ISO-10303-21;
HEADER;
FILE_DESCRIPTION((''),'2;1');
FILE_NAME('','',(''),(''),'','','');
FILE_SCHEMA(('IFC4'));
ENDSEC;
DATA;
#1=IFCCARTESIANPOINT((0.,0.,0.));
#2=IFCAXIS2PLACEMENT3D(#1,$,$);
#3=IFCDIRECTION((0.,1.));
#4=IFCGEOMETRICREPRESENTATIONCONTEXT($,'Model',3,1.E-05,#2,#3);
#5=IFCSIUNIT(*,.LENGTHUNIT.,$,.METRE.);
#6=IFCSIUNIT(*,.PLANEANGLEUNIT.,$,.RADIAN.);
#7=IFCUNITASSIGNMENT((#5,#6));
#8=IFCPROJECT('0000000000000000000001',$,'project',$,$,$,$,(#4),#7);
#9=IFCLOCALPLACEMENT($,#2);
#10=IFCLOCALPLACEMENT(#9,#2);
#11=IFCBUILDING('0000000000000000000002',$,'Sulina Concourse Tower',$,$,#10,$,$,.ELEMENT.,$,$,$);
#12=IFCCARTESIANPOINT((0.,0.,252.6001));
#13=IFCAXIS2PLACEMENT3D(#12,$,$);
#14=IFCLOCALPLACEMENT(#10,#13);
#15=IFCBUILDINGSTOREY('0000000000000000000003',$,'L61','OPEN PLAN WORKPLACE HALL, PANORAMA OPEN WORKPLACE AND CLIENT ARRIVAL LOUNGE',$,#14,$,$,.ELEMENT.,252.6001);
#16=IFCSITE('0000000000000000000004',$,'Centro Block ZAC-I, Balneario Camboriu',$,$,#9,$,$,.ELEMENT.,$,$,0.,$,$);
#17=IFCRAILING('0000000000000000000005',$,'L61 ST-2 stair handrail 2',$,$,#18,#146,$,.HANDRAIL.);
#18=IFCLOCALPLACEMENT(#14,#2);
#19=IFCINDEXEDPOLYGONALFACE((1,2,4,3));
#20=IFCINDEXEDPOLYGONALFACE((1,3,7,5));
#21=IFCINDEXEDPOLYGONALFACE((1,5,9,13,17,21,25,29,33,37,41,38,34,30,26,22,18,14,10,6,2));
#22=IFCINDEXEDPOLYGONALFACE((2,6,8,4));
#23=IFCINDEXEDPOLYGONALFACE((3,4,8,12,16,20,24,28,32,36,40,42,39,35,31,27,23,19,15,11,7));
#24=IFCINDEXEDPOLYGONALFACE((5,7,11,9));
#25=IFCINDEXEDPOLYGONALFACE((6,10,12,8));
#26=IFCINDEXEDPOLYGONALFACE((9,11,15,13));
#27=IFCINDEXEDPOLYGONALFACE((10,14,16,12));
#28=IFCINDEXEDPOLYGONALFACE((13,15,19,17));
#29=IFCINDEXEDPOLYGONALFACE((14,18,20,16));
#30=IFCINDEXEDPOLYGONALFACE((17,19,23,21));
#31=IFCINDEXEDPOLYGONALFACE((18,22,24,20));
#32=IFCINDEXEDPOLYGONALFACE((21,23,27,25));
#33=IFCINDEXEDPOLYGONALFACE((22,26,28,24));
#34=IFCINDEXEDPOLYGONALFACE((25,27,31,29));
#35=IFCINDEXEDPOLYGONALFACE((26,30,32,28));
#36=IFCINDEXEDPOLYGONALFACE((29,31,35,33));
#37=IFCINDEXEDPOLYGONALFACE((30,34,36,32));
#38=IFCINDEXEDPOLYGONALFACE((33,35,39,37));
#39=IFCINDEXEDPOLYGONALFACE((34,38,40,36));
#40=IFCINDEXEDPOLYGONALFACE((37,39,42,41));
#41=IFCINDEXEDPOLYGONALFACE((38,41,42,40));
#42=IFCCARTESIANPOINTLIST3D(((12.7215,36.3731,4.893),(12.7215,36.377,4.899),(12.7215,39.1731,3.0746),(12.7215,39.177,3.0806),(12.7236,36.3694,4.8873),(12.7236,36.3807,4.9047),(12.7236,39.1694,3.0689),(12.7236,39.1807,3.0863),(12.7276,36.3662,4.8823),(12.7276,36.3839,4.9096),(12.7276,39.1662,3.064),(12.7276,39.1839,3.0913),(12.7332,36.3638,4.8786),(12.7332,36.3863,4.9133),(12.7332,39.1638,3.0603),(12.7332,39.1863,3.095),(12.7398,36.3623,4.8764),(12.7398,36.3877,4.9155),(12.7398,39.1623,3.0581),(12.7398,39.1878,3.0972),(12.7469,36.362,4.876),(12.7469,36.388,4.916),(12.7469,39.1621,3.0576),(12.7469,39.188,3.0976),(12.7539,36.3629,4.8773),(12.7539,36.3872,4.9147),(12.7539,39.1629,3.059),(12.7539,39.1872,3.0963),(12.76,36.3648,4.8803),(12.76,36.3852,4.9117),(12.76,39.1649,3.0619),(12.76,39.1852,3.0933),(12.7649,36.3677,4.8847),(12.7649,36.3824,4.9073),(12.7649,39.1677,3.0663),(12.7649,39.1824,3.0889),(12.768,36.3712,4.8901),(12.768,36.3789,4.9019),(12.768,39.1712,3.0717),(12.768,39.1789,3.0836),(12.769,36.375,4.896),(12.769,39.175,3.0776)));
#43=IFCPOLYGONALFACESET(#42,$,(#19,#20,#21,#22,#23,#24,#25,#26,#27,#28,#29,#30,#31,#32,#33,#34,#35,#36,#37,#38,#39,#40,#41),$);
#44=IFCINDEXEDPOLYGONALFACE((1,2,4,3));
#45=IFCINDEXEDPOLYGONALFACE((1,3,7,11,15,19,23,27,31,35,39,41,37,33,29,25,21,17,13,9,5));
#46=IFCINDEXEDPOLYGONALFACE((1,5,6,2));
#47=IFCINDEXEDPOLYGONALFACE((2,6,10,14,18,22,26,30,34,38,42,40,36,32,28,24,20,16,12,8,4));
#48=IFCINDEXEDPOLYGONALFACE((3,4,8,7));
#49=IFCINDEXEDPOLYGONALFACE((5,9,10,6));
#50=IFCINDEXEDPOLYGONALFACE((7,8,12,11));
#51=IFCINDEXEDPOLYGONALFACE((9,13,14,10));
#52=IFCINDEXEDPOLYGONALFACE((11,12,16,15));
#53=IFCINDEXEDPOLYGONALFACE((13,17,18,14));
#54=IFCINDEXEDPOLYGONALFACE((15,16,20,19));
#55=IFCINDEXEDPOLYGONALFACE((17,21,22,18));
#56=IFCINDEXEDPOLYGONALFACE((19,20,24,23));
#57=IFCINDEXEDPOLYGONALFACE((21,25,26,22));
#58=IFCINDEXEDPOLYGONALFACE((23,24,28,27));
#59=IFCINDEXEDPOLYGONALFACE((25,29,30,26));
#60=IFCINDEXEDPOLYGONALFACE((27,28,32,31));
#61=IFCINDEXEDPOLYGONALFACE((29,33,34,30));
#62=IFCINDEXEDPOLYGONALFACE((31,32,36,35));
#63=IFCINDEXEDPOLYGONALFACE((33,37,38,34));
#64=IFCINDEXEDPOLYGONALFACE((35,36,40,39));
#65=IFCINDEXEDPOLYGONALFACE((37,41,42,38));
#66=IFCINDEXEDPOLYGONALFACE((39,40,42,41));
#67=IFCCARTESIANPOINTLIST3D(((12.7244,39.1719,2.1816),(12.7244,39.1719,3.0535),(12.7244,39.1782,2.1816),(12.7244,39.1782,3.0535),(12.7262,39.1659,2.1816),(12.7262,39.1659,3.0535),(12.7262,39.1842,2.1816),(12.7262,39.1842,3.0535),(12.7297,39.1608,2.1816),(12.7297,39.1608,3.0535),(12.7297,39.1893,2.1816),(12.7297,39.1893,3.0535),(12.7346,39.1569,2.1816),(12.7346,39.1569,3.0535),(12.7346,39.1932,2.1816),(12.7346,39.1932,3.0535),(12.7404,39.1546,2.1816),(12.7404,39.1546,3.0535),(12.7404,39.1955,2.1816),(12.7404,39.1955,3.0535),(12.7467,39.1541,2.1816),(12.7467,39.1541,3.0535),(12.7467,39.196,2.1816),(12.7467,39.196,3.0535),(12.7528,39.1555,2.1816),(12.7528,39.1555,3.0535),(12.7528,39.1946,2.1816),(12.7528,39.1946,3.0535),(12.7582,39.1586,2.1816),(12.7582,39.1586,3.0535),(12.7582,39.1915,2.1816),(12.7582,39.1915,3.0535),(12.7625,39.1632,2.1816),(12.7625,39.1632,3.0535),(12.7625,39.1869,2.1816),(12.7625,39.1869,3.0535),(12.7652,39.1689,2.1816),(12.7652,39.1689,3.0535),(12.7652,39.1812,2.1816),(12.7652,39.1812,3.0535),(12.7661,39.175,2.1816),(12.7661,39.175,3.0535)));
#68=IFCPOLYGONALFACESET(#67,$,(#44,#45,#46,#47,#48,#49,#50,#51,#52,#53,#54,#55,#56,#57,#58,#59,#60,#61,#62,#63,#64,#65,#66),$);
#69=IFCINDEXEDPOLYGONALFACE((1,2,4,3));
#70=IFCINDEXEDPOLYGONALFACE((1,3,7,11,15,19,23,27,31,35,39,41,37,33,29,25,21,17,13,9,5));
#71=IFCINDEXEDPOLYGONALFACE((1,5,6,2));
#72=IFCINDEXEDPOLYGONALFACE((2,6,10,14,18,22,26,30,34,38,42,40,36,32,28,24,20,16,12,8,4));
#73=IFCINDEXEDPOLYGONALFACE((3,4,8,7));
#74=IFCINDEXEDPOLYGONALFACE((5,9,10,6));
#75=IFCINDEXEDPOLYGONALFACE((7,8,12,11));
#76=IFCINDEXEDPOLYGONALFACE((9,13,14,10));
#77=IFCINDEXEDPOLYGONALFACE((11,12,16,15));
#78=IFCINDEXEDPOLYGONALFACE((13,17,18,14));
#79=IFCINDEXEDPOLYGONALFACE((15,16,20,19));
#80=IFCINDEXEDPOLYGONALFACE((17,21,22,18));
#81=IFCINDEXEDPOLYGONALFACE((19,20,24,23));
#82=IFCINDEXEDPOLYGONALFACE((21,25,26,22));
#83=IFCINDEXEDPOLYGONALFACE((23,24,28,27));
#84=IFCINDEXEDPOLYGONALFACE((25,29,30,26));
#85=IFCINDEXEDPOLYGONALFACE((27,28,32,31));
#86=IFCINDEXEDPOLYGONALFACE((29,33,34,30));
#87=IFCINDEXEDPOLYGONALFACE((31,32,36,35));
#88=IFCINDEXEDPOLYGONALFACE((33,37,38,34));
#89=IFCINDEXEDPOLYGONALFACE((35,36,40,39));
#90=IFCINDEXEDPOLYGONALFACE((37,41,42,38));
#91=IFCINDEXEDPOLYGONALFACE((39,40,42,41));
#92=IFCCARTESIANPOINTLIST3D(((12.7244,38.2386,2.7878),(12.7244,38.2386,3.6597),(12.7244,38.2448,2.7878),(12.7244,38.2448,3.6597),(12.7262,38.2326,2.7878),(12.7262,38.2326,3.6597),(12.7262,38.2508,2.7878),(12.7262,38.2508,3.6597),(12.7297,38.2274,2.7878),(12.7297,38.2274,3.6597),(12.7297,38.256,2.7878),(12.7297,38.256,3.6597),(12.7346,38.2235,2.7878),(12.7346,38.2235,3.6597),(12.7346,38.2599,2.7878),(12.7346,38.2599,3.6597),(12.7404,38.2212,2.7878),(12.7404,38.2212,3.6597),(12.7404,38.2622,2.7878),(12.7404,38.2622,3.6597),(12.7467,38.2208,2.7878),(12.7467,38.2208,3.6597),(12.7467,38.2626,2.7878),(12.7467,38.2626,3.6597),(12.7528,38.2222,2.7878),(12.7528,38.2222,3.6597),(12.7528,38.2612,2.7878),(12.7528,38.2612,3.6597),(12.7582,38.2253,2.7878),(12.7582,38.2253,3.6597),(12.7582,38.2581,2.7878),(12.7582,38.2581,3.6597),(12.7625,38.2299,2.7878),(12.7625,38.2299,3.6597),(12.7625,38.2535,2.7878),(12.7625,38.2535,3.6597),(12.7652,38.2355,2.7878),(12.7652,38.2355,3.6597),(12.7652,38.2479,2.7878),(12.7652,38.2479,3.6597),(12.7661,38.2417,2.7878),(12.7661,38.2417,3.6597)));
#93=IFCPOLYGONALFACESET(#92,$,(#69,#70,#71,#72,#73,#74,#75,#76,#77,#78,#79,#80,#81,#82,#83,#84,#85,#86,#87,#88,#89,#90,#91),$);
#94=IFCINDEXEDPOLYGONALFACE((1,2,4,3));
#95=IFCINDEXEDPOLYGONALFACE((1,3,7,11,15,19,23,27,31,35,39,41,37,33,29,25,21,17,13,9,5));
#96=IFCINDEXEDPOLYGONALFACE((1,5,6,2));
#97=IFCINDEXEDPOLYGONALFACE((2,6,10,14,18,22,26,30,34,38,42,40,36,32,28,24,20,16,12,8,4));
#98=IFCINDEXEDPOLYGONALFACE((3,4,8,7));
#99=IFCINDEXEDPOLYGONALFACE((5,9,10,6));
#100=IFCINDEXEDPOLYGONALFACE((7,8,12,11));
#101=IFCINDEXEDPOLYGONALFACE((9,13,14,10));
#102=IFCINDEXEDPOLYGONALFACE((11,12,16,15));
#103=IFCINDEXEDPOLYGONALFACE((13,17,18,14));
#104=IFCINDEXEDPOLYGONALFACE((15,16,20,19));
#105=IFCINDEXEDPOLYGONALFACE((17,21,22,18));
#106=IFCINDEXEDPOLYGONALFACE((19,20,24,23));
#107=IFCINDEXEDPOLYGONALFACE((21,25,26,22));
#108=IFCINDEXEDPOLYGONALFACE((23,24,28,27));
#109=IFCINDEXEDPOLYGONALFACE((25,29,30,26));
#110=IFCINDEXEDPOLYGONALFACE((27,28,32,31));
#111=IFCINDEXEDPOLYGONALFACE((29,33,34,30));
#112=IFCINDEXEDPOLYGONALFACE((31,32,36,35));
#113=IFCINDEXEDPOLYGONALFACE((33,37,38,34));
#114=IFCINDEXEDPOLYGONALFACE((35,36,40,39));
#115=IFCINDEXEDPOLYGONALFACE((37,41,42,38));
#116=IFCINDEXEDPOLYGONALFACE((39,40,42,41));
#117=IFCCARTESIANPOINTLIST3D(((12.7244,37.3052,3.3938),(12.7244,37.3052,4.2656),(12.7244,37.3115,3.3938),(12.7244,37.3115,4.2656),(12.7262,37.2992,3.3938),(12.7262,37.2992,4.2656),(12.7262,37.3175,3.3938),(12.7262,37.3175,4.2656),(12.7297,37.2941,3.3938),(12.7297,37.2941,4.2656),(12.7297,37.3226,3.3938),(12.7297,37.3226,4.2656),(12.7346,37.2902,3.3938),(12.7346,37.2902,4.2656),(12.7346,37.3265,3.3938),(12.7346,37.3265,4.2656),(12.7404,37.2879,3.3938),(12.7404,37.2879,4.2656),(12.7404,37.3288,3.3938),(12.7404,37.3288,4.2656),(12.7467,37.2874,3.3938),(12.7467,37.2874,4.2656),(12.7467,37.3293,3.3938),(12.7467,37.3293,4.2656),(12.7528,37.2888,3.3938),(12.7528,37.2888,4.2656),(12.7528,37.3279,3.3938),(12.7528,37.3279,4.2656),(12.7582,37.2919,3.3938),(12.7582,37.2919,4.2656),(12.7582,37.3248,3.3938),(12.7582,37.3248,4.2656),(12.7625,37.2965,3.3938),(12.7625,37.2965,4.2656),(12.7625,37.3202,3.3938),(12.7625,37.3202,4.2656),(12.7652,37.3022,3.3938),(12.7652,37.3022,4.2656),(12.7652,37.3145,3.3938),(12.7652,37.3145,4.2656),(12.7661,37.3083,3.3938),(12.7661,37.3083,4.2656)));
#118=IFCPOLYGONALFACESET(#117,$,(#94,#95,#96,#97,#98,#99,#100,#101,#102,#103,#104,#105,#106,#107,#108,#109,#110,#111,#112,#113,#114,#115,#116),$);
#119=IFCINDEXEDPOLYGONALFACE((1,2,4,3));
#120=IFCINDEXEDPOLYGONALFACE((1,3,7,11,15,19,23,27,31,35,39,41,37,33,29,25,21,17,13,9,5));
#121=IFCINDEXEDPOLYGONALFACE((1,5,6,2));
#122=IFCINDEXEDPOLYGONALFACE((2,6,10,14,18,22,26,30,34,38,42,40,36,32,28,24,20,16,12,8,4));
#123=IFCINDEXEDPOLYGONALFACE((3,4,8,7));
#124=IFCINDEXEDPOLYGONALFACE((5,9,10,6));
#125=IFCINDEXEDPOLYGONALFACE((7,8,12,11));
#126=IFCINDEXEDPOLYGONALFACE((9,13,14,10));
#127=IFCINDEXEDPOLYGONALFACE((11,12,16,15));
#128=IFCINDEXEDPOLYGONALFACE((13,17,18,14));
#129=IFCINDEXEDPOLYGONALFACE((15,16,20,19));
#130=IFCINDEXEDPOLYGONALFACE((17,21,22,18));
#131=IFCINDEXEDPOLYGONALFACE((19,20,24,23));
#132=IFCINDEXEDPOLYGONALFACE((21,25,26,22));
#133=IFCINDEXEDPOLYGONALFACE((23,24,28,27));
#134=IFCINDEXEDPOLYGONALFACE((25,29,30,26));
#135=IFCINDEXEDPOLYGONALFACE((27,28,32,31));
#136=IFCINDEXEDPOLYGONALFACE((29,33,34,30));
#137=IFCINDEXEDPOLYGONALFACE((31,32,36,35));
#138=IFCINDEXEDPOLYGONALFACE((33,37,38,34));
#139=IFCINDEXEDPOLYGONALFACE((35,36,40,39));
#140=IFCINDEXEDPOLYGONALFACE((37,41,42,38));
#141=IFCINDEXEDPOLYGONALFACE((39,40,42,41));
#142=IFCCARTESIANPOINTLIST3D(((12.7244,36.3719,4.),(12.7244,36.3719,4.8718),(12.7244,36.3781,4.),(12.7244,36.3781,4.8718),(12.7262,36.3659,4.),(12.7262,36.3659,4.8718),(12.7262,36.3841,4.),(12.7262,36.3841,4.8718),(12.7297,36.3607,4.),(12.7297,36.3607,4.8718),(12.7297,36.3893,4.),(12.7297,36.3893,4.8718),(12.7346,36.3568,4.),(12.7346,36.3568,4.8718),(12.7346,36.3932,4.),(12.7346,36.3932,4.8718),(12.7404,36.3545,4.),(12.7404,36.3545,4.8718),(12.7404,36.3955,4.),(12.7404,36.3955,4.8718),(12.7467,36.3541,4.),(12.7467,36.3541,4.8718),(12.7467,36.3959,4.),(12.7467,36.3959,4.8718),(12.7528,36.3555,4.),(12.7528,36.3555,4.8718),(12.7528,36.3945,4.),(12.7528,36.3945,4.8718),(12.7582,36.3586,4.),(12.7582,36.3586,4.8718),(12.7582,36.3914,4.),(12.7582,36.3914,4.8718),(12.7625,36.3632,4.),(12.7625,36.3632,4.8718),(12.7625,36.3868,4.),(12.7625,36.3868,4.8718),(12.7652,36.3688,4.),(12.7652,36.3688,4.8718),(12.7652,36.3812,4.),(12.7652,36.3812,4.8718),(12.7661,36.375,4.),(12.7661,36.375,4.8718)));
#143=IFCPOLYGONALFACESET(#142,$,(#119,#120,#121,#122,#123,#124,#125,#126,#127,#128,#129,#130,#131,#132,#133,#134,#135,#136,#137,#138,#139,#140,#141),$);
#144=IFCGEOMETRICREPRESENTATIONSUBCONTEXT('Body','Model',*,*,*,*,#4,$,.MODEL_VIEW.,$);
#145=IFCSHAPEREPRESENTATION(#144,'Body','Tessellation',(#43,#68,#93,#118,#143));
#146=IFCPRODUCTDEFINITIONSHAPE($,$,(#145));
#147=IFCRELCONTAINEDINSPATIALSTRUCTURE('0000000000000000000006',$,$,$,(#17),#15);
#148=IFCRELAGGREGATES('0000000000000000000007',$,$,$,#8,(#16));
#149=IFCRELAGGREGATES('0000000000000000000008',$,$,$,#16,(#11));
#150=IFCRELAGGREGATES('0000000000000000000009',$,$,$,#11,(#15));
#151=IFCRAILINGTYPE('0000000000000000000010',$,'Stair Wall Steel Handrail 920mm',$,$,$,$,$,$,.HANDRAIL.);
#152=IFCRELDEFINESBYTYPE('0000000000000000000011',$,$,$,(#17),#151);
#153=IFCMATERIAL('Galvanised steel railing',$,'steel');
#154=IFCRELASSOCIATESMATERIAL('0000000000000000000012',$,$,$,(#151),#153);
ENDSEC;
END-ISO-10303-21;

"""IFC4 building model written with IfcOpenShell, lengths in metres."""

from ifc_helpers import new_model, si_unit, direction, frame, origin, origin_2d, place, context, subcontext, project, spatial, circle, extrude, material, type_object, element, save


model = new_model("IFC4")

# Units and contexts
model_context = context("Model", 3, precision=1e-05, world=origin(), true_north=direction((0.0, 1.0)))
body_context = subcontext(model_context, "Body", "Model", "MODEL_VIEW")
ifc_project = project(units=[si_unit("LENGTHUNIT", "METRE"), si_unit("PLANEANGLEUNIT", "RADIAN")], contexts=[model_context])

# Site, building, storey
site_placement = place(None, origin())
site = spatial("IfcSite", under=ifc_project, at=site_placement, Name="Centro Block ZAC-I, Balneario Camboriu", CompositionType="ELEMENT", RefElevation=0.0)
building_placement = place(site_placement, origin())
building = spatial("IfcBuilding", under=site, at=building_placement, Name="Sulina Concourse Tower", CompositionType="ELEMENT")
storey_placement = place(building_placement, frame((0.0, 0.0, 252.6001)))
storey = spatial("IfcBuildingStorey", under=building, at=storey_placement, Name="L61", Description="OPEN PLAN WORKPLACE HALL, PANORAMA OPEN WORKPLACE AND CLIENT ARRIVAL LOUNGE", CompositionType="ELEMENT", Elevation=252.6001)

# Railing
ifc_material_1 = material(Name="Galvanised steel railing", Category="steel")
railing_type_1 = type_object("IfcRailingType", Name="Stair Wall Steel Handrail 920mm", PredefinedType="HANDRAIL", material=ifc_material_1)
railing_1_placement = place(storey_placement, frame((12.7451, 39.175, 2.1816)))
element("IfcRailing", 1, at=railing_1_placement, inside=storey, type_object=railing_type_1, Name="L61 ST-2 stair handrail 2", PredefinedType="HANDRAIL", context=body_context, shape_type="SweptSolid", body=[
    extrude(circle(Radius=0.0239, at=origin_2d()), frame((0.0, 0.0, 0.896), z_axis=(0.0, -0.838672, 0.544636), x_axis=(1.0, 0.0, 0.0)), (0.0, 0.0, 1.0), 3.3386),
    extrude(circle(Radius=0.021, at=origin_2d()), origin(), (0.0, 0.0, 1.0), 0.8718),
    extrude(circle(Radius=0.021, at=origin_2d()), frame((0.0, -0.9333, 0.6062)), (0.0, 0.0, 1.0), 0.8718),
    extrude(circle(Radius=0.021, at=origin_2d()), frame((0.0, -1.8667, 1.2122)), (0.0, 0.0, 1.0), 0.8718),
    extrude(circle(Radius=0.021, at=origin_2d()), frame((0.0, -2.8, 1.8184)), (0.0, 0.0, 1.0), 0.8718),
])

save(model, "model.ifc")
